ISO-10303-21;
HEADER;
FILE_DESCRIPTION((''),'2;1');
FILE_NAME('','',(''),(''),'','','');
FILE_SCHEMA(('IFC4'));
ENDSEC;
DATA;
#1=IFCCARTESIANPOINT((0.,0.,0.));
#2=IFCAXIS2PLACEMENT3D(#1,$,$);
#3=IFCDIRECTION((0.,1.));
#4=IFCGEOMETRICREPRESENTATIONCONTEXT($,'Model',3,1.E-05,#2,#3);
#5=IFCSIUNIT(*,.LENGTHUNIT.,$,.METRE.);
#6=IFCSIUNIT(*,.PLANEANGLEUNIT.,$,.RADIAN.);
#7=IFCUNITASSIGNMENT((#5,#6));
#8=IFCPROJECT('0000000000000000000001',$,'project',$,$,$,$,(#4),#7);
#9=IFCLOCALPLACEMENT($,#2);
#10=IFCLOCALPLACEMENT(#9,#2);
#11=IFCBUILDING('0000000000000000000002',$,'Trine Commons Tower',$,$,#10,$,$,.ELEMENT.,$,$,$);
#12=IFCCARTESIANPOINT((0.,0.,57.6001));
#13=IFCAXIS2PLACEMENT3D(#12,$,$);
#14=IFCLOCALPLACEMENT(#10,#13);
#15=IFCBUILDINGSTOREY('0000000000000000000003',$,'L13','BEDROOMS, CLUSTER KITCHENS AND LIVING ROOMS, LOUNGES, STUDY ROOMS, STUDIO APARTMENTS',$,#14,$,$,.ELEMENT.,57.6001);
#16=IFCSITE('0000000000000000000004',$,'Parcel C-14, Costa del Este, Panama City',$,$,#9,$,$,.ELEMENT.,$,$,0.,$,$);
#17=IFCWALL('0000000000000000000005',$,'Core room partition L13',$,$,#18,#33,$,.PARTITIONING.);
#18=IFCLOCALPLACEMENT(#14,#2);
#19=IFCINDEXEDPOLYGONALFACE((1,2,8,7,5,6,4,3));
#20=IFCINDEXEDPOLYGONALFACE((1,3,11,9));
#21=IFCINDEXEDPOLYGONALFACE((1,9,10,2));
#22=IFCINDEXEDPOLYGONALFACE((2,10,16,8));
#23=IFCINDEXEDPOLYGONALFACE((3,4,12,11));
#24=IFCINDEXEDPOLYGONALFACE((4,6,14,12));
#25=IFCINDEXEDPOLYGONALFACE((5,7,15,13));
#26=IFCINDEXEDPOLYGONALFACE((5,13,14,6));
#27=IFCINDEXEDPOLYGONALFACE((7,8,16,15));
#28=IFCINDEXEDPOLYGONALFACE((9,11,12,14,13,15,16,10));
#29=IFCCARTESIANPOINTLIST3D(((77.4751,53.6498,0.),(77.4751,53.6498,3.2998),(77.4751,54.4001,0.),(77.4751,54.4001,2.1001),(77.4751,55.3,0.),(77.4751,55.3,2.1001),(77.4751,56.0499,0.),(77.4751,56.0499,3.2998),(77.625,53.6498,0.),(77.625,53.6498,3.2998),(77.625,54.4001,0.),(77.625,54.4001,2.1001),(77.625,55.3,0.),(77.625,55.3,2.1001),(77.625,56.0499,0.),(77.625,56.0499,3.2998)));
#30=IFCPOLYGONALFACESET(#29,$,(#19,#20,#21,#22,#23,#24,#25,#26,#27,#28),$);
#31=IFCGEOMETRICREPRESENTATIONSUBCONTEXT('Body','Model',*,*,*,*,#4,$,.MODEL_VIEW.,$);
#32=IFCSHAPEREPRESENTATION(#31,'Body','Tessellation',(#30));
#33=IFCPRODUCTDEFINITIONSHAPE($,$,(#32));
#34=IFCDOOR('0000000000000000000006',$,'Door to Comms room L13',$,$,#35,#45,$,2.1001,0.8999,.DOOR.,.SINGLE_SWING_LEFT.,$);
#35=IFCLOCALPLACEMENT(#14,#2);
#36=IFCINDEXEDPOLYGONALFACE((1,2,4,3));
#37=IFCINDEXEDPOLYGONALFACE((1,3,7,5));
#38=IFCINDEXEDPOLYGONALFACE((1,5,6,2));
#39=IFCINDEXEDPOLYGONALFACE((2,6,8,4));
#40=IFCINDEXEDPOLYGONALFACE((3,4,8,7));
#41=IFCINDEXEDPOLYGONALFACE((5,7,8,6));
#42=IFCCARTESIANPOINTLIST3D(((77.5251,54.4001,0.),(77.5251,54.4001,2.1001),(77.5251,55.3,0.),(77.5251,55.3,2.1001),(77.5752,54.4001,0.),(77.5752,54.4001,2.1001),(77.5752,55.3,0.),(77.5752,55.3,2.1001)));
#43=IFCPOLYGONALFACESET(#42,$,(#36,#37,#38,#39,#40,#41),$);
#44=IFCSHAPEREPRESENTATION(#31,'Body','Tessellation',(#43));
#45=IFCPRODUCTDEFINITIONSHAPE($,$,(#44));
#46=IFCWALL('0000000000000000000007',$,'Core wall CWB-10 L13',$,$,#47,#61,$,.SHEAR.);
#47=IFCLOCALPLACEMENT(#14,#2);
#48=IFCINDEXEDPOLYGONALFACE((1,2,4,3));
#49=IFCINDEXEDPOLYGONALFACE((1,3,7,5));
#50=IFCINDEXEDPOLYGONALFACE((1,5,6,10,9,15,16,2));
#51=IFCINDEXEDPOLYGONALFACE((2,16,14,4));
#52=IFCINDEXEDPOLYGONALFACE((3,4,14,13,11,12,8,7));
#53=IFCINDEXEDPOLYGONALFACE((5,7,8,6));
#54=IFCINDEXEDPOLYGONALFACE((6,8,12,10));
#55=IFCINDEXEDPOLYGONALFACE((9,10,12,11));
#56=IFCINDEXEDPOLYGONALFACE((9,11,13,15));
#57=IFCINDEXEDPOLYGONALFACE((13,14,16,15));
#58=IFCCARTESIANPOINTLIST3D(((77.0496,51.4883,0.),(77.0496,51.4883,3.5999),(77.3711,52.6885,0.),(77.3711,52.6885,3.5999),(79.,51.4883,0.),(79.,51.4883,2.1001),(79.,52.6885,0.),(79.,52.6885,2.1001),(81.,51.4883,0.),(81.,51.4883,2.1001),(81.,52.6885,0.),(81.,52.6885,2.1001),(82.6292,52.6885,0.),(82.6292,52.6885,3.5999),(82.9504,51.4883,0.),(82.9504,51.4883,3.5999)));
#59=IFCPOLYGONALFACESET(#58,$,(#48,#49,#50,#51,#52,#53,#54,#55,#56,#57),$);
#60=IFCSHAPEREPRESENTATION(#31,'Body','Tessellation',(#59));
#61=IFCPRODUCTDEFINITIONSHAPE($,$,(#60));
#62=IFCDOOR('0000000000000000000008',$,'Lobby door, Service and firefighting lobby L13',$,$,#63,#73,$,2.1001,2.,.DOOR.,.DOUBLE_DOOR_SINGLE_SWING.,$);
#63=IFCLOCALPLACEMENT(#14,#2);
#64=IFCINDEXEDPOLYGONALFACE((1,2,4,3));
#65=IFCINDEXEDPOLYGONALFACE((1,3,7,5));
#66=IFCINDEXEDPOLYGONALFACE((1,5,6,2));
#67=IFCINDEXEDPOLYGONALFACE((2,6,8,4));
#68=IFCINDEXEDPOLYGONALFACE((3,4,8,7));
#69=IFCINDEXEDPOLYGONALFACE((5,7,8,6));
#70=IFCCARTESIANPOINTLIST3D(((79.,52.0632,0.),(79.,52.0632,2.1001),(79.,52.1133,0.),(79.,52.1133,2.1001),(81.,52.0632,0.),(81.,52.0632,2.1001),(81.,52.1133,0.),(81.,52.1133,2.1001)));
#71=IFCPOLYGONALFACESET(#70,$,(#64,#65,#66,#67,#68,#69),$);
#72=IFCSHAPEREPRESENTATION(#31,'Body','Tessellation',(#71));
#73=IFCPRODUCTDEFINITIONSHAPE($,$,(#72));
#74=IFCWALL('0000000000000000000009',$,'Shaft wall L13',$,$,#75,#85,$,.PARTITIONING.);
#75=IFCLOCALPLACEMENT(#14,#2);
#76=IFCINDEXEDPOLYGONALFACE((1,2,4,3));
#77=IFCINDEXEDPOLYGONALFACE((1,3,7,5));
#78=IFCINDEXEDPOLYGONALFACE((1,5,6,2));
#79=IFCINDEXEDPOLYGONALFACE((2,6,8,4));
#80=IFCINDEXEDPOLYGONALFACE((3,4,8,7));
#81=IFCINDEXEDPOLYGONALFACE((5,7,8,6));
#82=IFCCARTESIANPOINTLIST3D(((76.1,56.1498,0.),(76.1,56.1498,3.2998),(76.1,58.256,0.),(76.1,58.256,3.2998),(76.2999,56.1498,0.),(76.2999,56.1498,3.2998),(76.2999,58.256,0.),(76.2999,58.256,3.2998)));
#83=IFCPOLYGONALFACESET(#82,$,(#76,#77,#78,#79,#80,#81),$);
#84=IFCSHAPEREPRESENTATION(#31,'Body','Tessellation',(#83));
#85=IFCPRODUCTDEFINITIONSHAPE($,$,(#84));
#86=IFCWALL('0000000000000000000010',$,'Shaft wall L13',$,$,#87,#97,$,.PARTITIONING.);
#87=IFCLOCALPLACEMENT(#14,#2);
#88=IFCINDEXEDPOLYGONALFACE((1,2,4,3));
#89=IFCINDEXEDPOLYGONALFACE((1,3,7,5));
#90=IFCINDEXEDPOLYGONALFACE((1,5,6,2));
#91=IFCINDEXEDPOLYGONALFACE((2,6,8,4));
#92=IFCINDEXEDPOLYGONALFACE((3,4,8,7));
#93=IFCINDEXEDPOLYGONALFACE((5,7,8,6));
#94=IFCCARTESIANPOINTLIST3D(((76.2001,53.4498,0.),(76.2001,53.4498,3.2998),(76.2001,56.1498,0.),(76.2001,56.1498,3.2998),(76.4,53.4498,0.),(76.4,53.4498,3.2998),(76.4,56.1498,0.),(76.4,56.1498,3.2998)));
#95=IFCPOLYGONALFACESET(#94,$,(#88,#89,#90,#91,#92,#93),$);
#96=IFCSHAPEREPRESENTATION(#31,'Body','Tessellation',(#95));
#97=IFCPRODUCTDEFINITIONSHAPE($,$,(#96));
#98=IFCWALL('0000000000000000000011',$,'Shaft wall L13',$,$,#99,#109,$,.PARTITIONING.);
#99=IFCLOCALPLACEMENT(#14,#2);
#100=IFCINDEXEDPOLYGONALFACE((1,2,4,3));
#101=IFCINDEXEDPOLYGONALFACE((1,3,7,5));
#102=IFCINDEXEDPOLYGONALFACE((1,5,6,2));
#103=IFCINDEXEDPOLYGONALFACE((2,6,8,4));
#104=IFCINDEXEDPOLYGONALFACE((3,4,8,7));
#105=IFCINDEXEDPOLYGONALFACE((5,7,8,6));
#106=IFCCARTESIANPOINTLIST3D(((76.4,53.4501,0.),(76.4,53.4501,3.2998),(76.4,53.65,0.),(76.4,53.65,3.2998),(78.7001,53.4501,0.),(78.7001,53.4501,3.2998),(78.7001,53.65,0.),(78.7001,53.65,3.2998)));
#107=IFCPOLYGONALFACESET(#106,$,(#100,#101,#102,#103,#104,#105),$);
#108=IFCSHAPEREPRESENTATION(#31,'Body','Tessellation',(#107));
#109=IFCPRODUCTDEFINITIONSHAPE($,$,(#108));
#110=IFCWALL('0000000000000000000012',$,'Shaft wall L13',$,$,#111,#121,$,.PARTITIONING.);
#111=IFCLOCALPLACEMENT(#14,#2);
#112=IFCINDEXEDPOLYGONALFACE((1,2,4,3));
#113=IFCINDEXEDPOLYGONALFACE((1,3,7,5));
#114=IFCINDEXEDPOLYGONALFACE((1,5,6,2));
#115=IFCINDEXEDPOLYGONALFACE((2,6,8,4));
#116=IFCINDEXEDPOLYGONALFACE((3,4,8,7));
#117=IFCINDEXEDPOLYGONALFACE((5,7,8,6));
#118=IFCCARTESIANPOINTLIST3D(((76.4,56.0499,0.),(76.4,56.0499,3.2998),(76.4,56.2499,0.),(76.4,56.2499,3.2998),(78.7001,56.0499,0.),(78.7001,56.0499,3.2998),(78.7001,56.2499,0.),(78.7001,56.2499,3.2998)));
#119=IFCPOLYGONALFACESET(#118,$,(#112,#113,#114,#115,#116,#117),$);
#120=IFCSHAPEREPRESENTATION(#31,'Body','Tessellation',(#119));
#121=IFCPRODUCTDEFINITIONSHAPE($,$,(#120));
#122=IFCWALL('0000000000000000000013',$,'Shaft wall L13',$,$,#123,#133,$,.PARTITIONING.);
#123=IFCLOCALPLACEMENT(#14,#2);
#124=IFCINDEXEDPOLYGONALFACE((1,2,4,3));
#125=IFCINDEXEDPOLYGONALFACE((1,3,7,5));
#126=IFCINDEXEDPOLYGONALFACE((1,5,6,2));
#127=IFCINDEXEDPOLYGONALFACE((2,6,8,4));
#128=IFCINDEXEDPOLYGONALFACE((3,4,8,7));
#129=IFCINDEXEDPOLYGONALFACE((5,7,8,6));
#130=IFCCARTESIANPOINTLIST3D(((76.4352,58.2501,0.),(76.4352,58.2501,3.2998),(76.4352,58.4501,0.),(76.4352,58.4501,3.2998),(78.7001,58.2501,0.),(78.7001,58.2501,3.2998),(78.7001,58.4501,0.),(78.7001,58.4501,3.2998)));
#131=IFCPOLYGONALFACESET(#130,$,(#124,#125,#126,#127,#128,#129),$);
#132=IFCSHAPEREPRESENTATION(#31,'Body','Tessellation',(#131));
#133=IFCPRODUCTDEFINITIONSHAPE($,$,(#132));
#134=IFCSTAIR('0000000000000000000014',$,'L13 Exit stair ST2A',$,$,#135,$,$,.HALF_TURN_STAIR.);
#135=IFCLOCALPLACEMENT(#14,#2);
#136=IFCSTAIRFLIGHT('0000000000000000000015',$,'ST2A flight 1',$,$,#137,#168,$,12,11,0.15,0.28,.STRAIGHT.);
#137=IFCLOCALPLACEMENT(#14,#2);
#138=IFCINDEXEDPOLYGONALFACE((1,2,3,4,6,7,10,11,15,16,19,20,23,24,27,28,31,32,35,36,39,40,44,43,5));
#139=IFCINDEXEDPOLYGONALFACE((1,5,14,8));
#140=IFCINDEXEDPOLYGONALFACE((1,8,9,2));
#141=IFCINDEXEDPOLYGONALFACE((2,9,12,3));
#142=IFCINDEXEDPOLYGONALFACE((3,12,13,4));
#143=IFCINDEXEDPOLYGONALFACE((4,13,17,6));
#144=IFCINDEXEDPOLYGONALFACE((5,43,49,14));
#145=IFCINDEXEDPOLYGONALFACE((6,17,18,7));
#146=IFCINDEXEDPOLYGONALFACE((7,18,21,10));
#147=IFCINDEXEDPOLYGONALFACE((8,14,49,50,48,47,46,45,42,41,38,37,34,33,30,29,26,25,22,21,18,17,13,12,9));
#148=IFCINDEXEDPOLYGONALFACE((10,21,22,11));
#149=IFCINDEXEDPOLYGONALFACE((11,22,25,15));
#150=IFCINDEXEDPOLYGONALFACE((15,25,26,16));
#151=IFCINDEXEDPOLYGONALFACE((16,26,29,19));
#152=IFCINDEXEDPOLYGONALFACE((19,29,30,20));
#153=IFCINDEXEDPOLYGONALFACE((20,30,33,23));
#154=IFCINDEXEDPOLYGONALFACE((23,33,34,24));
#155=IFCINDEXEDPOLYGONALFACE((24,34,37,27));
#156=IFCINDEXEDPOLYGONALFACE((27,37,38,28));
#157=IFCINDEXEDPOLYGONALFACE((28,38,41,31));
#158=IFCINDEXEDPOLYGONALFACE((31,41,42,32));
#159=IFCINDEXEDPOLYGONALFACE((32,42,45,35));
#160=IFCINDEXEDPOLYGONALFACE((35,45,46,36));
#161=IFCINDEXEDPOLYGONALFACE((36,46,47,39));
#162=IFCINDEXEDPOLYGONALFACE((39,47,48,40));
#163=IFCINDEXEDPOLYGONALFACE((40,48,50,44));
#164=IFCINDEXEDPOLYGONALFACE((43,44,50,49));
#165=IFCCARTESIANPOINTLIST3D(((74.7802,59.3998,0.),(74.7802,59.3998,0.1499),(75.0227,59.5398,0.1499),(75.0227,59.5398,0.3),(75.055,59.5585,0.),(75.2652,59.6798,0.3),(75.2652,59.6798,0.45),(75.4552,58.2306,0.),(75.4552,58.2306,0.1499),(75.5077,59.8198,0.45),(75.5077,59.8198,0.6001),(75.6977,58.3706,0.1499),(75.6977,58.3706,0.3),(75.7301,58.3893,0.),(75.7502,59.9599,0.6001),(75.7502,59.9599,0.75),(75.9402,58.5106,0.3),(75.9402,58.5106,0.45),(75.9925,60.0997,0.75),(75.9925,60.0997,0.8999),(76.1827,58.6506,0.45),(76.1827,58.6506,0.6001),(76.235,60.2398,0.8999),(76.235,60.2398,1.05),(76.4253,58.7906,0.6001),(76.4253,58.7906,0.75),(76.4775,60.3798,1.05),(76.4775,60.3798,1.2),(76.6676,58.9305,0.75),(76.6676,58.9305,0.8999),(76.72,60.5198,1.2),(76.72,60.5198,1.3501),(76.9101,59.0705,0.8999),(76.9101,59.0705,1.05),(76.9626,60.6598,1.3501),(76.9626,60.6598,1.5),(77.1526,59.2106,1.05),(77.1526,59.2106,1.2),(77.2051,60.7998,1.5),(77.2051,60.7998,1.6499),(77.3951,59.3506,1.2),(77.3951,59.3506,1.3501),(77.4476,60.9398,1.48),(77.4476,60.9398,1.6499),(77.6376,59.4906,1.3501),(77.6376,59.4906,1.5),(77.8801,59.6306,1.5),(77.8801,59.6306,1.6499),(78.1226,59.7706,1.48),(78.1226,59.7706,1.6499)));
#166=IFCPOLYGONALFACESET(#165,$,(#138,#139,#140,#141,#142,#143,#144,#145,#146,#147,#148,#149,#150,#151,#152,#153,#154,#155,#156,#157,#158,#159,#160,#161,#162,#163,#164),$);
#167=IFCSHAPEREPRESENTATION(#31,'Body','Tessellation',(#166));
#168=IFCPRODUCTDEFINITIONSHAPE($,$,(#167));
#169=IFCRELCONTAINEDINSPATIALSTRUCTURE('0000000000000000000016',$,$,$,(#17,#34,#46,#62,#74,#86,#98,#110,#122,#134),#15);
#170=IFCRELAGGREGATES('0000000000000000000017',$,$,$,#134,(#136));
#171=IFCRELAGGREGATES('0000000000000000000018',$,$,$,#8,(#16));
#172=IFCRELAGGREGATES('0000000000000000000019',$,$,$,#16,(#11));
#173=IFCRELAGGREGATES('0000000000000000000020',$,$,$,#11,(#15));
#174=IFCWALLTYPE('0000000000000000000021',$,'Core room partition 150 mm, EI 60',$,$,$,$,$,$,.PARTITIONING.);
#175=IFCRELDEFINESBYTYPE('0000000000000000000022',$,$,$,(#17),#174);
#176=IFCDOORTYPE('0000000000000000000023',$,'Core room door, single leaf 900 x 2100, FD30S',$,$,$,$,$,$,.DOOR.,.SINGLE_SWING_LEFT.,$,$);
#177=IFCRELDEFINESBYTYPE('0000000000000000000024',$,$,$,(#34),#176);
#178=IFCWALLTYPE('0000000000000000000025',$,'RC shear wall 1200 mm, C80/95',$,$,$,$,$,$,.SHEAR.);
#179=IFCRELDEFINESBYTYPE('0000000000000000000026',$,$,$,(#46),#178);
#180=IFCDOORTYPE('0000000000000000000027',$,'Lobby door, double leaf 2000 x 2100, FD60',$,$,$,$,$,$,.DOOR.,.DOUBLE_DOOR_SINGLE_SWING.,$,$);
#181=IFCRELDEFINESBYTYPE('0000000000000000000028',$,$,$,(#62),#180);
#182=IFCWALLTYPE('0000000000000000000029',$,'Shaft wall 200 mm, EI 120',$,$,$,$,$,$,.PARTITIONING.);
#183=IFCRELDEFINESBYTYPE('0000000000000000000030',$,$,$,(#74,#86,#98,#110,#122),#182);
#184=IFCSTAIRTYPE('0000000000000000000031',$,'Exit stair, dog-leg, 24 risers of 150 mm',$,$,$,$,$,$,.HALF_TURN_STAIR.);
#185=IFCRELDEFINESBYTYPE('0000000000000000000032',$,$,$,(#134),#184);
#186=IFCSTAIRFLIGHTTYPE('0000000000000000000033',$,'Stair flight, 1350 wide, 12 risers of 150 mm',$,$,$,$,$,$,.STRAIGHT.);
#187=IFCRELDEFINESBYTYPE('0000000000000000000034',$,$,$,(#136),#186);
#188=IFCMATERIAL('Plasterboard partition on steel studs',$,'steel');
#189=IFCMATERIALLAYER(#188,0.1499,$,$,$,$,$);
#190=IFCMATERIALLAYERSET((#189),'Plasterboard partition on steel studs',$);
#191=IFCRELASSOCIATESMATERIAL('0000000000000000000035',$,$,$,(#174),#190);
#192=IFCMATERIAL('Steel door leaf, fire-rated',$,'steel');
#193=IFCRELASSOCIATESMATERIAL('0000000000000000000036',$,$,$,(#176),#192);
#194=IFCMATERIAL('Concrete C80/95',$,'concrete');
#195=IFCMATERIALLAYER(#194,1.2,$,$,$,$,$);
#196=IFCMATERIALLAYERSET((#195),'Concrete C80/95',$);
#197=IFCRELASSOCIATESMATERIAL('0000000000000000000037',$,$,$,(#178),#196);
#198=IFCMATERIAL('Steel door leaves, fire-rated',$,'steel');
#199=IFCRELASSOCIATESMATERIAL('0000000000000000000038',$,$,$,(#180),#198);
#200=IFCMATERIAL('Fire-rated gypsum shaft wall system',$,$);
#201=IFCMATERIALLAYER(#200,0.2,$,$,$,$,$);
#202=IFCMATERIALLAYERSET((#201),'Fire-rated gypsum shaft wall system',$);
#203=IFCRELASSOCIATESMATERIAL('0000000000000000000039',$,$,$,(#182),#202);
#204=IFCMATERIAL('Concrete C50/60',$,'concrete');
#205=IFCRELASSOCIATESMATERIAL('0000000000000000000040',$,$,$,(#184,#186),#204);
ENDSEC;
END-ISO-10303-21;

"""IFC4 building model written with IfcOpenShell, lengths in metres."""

from ifc_helpers import new_model, si_unit, direction, frame, frame_2d, origin, place, context, subcontext, project, spatial, polyline, rectangle, outline, extrude, material, layer, layer_set, type_object, element, fill, aggregate, save


model = new_model("IFC4")

# Units and contexts
model_context = context("Model", 3, precision=1e-05, world=origin(), true_north=direction((0.0, 1.0)))
body_context = subcontext(model_context, "Body", "Model", "MODEL_VIEW")
ifc_project = project(units=[si_unit("LENGTHUNIT", "METRE"), si_unit("PLANEANGLEUNIT", "RADIAN")], contexts=[model_context])

# Site, building, storey
site_placement = place(None, origin())
site = spatial("IfcSite", under=ifc_project, at=site_placement, Name="Parcel C-14, Costa del Este, Panama City", CompositionType="ELEMENT", RefElevation=0.0)
building_placement = place(site_placement, origin())
building = spatial("IfcBuilding", under=site, at=building_placement, Name="Trine Commons Tower", CompositionType="ELEMENT")
storey_placement = place(building_placement, frame((0.0, 0.0, 57.6001)))
storey = spatial("IfcBuildingStorey", under=building, at=storey_placement, Name="L13", Description="BEDROOMS, CLUSTER KITCHENS AND LIVING ROOMS, LOUNGES, STUDY ROOMS, STUDIO APARTMENTS", CompositionType="ELEMENT", Elevation=57.6001)

# Walls, openings, doors
ifc_material_1 = material(Name="Plasterboard partition on steel studs", Category="steel")
ifc_layer_1 = layer(ifc_material_1, 0.1499)
ifc_layer_set_1 = layer_set([ifc_layer_1], Name="Plasterboard partition on steel studs")
wall_type_1 = type_object("IfcWallType", Name="Core room partition 150 mm, EI 60", PredefinedType="PARTITIONING", material=ifc_layer_set_1)
wall_1_placement = place(storey_placement, frame((77.55, 56.05, 0.0), z_axis=(0.0, 0.0, 1.0), x_axis=(0.0, -1.0, 0.0)))
wall_1 = element("IfcWall", 1, at=wall_1_placement, inside=storey, type_object=wall_type_1, Name="Core room partition L13", PredefinedType="PARTITIONING", context=body_context, shape_type="SweptSolid", body=[
    extrude(rectangle(XDim=2.4001, YDim=0.1499, at=frame_2d((1.2002, 0.0))), origin(), (0.0, 0.0, 1.0), 3.2998),
])
opening_1_placement = place(wall_1_placement, frame((0.75, 0.0, 0.0)))
opening_1 = element("IfcOpeningElement", 2, at=opening_1_placement, cuts=wall_1, PredefinedType="OPENING", context=body_context, shape_type="SweptSolid", body=[
    extrude(rectangle(XDim=0.8999, YDim=2.1001, at=frame_2d((0.45, 1.05))), frame((0.0, 0.085, 0.0), z_axis=(0.0, -1.0, 0.0), x_axis=(1.0, 0.0, 0.0)), (0.0, 0.0, 1.0), 0.1699),
])
ifc_material_2 = material(Name="Steel door leaf, fire-rated", Category="steel")
door_type_1 = type_object("IfcDoorType", Name="Core room door, single leaf 900 x 2100, FD30S", OperationType="SINGLE_SWING_LEFT", PredefinedType="DOOR", material=ifc_material_2)
door_1_placement = place(opening_1_placement, frame((0.8999, 0.0, 0.0), z_axis=(0.0, 0.0, 1.0), x_axis=(-1.0, 0.0, 0.0)))
door_1 = element("IfcDoor", 3, at=door_1_placement, inside=storey, type_object=door_type_1, Name="Door to Comms room L13", OperationType="SINGLE_SWING_LEFT", OverallHeight=2.1001, OverallWidth=0.8999, PredefinedType="DOOR", context=body_context, shape_type="SweptSolid", body=[
    extrude(rectangle(XDim=0.8999, YDim=2.1001, at=frame_2d((0.45, 1.05))), frame((0.0, 0.0249, 0.0), z_axis=(0.0, -1.0, 0.0), x_axis=(1.0, 0.0, 0.0)), (0.0, 0.0, 1.0), 0.05),
])
fill(opening_1, door_1)
ifc_material_3 = material(Name="Concrete C80/95", Category="concrete")
ifc_layer_2 = layer(ifc_material_3, 1.2)
ifc_layer_set_2 = layer_set([ifc_layer_2], Name="Concrete C80/95")
wall_type_2 = type_object("IfcWallType", Name="RC shear wall 1200 mm, C80/95", PredefinedType="SHEAR", material=ifc_layer_set_2)
wall_2_placement = place(storey_placement, frame((77.0496, 52.0884, 0.0), z_axis=(0.0, 0.0, 1.0), x_axis=(1.0, 0.0, 0.0)))
wall_2 = element("IfcWall", 4, at=wall_2_placement, inside=storey, type_object=wall_type_2, Name="Core wall CWB-10 L13", PredefinedType="SHEAR", context=body_context, shape_type="SweptSolid", body=[
    extrude(outline(polyline([(0.0, -0.6001), (5.9009, -0.6001), (5.5796, 0.6001), (0.3215, 0.6001), (0.0, -0.6001)])), origin(), (0.0, 0.0, 1.0), 3.5999),
])
opening_2_placement = place(wall_2_placement, frame((1.9504, 0.0, 0.0)))
opening_2 = element("IfcOpeningElement", 5, at=opening_2_placement, cuts=wall_2, PredefinedType="OPENING", context=body_context, shape_type="SweptSolid", body=[
    extrude(rectangle(XDim=2.0, YDim=2.1001, at=frame_2d((1.0, 1.05))), frame((0.0, 0.6099, 0.0), z_axis=(0.0, -1.0, 0.0), x_axis=(1.0, 0.0, 0.0)), (0.0, 0.0, 1.0), 1.22),
])
ifc_material_4 = material(Name="Steel door leaves, fire-rated", Category="steel")
door_type_2 = type_object("IfcDoorType", Name="Lobby door, double leaf 2000 x 2100, FD60", OperationType="DOUBLE_DOOR_SINGLE_SWING", PredefinedType="DOOR", material=ifc_material_4)
door_2_placement = place(opening_2_placement, origin())
door_2 = element("IfcDoor", 6, at=door_2_placement, inside=storey, type_object=door_type_2, Name="Lobby door, Service and firefighting lobby L13", OperationType="DOUBLE_DOOR_SINGLE_SWING", OverallHeight=2.1001, OverallWidth=2.0, PredefinedType="DOOR", context=body_context, shape_type="SweptSolid", body=[
    extrude(rectangle(XDim=2.0, YDim=2.1001, at=frame_2d((1.0, 1.05))), frame((0.0, 0.0249, 0.0), z_axis=(0.0, -1.0, 0.0), x_axis=(1.0, 0.0, 0.0)), (0.0, 0.0, 1.0), 0.05),
])
fill(opening_2, door_2)

# Walls
ifc_material_5 = material(Name="Fire-rated gypsum shaft wall system")
ifc_layer_3 = layer(ifc_material_5, 0.2)
ifc_layer_set_3 = layer_set([ifc_layer_3], Name="Fire-rated gypsum shaft wall system")
wall_type_3 = type_object("IfcWallType", Name="Shaft wall 200 mm, EI 120", PredefinedType="PARTITIONING", material=ifc_layer_set_3)
wall_3_placement = place(storey_placement, frame((76.2, 58.2561, 0.0), z_axis=(0.0, 0.0, 1.0), x_axis=(0.0, -1.0, 0.0)))
element("IfcWall", 7, at=wall_3_placement, inside=storey, type_object=wall_type_3, Name="Shaft wall L13", PredefinedType="PARTITIONING", context=body_context, shape_type="SweptSolid", body=[
    extrude(rectangle(XDim=2.1062, YDim=0.2, at=frame_2d((1.0532, 0.0))), origin(), (0.0, 0.0, 1.0), 3.2998),
])
wall_4_placement = place(storey_placement, frame((76.3, 56.1499, 0.0), z_axis=(0.0, 0.0, 1.0), x_axis=(0.0, -1.0, 0.0)))
element("IfcWall", 8, at=wall_4_placement, inside=storey, type_object=wall_type_3, Name="Shaft wall L13", PredefinedType="PARTITIONING", context=body_context, shape_type="SweptSolid", body=[
    extrude(rectangle(XDim=2.7, YDim=0.2, at=frame_2d((1.3501, 0.0))), origin(), (0.0, 0.0, 1.0), 3.2998),
])
for number, where, z_axis, x_axis, name in (
    (9, (78.7, 53.55, 0.0), (0.0, 0.0, 1.0), (-1.0, 0.0, 0.0), "Shaft wall L13"),
    (10, (78.7, 56.1499, 0.0), (0.0, 0.0, 1.0), (-1.0, 0.0, 0.0), "Shaft wall L13"),
):
    element("IfcWall", number, at=place(storey_placement, frame(where, z_axis=z_axis, x_axis=x_axis)), inside=storey, type_object=wall_type_3, Name=name, PredefinedType="PARTITIONING", context=body_context, shape_type="SweptSolid", body=[
        extrude(rectangle(XDim=2.3, YDim=0.2, at=frame_2d((1.1499, 0.0))), origin(), (0.0, 0.0, 1.0), 3.2998),
    ])
wall_5_placement = place(storey_placement, frame((78.7, 58.3501, 0.0), z_axis=(0.0, 0.0, 1.0), x_axis=(-1.0, 0.0, 0.0)))
element("IfcWall", 11, at=wall_5_placement, inside=storey, type_object=wall_type_3, Name="Shaft wall L13", PredefinedType="PARTITIONING", context=body_context, shape_type="SweptSolid", body=[
    extrude(rectangle(XDim=2.2649, YDim=0.2, at=frame_2d((1.1323, 0.0))), origin(), (0.0, 0.0, 1.0), 3.2998),
])

# Stair, stair flight
ifc_material_6 = material(Name="Concrete C50/60", Category="concrete")
stair_type = type_object("IfcStairType", Name="Exit stair, dog-leg, 24 risers of 150 mm", PredefinedType="HALF_TURN_STAIR", material=ifc_material_6)
stair_placement = place(storey_placement, origin())
stair = element("IfcStair", 12, at=stair_placement, inside=storey, type_object=stair_type, Name="L13 Exit stair ST2A", PredefinedType="HALF_TURN_STAIR")
stair_flight_type = type_object("IfcStairFlightType", Name="Stair flight, 1350 wide, 12 risers of 150 mm", PredefinedType="STRAIGHT", material=ifc_material_6)
stair_flight_placement = place(storey_placement, frame((75.1177, 58.8152, 0.0), z_axis=(0.0, 0.0, 1.0), x_axis=(0.866025, 0.5, 0.0)))
stair_flight = element("IfcStairFlight", 13, at=stair_flight_placement, type_object=stair_flight_type, Name="ST2A flight 1", NumberOfRisers=12, NumberOfTreads=11, PredefinedType="STRAIGHT", RiserHeight=0.15, TreadLength=0.28, context=body_context, shape_type="SweptSolid", body=[
    extrude(outline(polyline([(0.0, 0.0), (0.0, 0.1499), (0.28, 0.1499), (0.28, 0.3), (0.5601, 0.3), (0.5601, 0.45), (0.8401, 0.45), (0.8401, 0.6001), (1.1201, 0.6001), (1.1201, 0.75), (1.3999, 0.75), (1.3999, 0.8999), (1.6799, 0.8999), (1.6799, 1.05), (1.96, 1.05), (1.96, 1.2), (2.24, 1.2), (2.24, 1.3501), (2.52, 1.3501), (2.52, 1.5), (2.8, 1.5), (2.8, 1.6499), (3.0801, 1.6499), (3.0801, 1.8), (3.0801, 1.48), (0.3174, 0.0), (0.0, 0.0)])), frame((0.0, 0.675, 0.0), z_axis=(0.0, -1.0, 0.0), x_axis=(1.0, 0.0, 0.0)), (0.0, 0.0, 1.0), 1.3501),
])
aggregate(stair, [stair_flight])

save(model, "model.ifc")
